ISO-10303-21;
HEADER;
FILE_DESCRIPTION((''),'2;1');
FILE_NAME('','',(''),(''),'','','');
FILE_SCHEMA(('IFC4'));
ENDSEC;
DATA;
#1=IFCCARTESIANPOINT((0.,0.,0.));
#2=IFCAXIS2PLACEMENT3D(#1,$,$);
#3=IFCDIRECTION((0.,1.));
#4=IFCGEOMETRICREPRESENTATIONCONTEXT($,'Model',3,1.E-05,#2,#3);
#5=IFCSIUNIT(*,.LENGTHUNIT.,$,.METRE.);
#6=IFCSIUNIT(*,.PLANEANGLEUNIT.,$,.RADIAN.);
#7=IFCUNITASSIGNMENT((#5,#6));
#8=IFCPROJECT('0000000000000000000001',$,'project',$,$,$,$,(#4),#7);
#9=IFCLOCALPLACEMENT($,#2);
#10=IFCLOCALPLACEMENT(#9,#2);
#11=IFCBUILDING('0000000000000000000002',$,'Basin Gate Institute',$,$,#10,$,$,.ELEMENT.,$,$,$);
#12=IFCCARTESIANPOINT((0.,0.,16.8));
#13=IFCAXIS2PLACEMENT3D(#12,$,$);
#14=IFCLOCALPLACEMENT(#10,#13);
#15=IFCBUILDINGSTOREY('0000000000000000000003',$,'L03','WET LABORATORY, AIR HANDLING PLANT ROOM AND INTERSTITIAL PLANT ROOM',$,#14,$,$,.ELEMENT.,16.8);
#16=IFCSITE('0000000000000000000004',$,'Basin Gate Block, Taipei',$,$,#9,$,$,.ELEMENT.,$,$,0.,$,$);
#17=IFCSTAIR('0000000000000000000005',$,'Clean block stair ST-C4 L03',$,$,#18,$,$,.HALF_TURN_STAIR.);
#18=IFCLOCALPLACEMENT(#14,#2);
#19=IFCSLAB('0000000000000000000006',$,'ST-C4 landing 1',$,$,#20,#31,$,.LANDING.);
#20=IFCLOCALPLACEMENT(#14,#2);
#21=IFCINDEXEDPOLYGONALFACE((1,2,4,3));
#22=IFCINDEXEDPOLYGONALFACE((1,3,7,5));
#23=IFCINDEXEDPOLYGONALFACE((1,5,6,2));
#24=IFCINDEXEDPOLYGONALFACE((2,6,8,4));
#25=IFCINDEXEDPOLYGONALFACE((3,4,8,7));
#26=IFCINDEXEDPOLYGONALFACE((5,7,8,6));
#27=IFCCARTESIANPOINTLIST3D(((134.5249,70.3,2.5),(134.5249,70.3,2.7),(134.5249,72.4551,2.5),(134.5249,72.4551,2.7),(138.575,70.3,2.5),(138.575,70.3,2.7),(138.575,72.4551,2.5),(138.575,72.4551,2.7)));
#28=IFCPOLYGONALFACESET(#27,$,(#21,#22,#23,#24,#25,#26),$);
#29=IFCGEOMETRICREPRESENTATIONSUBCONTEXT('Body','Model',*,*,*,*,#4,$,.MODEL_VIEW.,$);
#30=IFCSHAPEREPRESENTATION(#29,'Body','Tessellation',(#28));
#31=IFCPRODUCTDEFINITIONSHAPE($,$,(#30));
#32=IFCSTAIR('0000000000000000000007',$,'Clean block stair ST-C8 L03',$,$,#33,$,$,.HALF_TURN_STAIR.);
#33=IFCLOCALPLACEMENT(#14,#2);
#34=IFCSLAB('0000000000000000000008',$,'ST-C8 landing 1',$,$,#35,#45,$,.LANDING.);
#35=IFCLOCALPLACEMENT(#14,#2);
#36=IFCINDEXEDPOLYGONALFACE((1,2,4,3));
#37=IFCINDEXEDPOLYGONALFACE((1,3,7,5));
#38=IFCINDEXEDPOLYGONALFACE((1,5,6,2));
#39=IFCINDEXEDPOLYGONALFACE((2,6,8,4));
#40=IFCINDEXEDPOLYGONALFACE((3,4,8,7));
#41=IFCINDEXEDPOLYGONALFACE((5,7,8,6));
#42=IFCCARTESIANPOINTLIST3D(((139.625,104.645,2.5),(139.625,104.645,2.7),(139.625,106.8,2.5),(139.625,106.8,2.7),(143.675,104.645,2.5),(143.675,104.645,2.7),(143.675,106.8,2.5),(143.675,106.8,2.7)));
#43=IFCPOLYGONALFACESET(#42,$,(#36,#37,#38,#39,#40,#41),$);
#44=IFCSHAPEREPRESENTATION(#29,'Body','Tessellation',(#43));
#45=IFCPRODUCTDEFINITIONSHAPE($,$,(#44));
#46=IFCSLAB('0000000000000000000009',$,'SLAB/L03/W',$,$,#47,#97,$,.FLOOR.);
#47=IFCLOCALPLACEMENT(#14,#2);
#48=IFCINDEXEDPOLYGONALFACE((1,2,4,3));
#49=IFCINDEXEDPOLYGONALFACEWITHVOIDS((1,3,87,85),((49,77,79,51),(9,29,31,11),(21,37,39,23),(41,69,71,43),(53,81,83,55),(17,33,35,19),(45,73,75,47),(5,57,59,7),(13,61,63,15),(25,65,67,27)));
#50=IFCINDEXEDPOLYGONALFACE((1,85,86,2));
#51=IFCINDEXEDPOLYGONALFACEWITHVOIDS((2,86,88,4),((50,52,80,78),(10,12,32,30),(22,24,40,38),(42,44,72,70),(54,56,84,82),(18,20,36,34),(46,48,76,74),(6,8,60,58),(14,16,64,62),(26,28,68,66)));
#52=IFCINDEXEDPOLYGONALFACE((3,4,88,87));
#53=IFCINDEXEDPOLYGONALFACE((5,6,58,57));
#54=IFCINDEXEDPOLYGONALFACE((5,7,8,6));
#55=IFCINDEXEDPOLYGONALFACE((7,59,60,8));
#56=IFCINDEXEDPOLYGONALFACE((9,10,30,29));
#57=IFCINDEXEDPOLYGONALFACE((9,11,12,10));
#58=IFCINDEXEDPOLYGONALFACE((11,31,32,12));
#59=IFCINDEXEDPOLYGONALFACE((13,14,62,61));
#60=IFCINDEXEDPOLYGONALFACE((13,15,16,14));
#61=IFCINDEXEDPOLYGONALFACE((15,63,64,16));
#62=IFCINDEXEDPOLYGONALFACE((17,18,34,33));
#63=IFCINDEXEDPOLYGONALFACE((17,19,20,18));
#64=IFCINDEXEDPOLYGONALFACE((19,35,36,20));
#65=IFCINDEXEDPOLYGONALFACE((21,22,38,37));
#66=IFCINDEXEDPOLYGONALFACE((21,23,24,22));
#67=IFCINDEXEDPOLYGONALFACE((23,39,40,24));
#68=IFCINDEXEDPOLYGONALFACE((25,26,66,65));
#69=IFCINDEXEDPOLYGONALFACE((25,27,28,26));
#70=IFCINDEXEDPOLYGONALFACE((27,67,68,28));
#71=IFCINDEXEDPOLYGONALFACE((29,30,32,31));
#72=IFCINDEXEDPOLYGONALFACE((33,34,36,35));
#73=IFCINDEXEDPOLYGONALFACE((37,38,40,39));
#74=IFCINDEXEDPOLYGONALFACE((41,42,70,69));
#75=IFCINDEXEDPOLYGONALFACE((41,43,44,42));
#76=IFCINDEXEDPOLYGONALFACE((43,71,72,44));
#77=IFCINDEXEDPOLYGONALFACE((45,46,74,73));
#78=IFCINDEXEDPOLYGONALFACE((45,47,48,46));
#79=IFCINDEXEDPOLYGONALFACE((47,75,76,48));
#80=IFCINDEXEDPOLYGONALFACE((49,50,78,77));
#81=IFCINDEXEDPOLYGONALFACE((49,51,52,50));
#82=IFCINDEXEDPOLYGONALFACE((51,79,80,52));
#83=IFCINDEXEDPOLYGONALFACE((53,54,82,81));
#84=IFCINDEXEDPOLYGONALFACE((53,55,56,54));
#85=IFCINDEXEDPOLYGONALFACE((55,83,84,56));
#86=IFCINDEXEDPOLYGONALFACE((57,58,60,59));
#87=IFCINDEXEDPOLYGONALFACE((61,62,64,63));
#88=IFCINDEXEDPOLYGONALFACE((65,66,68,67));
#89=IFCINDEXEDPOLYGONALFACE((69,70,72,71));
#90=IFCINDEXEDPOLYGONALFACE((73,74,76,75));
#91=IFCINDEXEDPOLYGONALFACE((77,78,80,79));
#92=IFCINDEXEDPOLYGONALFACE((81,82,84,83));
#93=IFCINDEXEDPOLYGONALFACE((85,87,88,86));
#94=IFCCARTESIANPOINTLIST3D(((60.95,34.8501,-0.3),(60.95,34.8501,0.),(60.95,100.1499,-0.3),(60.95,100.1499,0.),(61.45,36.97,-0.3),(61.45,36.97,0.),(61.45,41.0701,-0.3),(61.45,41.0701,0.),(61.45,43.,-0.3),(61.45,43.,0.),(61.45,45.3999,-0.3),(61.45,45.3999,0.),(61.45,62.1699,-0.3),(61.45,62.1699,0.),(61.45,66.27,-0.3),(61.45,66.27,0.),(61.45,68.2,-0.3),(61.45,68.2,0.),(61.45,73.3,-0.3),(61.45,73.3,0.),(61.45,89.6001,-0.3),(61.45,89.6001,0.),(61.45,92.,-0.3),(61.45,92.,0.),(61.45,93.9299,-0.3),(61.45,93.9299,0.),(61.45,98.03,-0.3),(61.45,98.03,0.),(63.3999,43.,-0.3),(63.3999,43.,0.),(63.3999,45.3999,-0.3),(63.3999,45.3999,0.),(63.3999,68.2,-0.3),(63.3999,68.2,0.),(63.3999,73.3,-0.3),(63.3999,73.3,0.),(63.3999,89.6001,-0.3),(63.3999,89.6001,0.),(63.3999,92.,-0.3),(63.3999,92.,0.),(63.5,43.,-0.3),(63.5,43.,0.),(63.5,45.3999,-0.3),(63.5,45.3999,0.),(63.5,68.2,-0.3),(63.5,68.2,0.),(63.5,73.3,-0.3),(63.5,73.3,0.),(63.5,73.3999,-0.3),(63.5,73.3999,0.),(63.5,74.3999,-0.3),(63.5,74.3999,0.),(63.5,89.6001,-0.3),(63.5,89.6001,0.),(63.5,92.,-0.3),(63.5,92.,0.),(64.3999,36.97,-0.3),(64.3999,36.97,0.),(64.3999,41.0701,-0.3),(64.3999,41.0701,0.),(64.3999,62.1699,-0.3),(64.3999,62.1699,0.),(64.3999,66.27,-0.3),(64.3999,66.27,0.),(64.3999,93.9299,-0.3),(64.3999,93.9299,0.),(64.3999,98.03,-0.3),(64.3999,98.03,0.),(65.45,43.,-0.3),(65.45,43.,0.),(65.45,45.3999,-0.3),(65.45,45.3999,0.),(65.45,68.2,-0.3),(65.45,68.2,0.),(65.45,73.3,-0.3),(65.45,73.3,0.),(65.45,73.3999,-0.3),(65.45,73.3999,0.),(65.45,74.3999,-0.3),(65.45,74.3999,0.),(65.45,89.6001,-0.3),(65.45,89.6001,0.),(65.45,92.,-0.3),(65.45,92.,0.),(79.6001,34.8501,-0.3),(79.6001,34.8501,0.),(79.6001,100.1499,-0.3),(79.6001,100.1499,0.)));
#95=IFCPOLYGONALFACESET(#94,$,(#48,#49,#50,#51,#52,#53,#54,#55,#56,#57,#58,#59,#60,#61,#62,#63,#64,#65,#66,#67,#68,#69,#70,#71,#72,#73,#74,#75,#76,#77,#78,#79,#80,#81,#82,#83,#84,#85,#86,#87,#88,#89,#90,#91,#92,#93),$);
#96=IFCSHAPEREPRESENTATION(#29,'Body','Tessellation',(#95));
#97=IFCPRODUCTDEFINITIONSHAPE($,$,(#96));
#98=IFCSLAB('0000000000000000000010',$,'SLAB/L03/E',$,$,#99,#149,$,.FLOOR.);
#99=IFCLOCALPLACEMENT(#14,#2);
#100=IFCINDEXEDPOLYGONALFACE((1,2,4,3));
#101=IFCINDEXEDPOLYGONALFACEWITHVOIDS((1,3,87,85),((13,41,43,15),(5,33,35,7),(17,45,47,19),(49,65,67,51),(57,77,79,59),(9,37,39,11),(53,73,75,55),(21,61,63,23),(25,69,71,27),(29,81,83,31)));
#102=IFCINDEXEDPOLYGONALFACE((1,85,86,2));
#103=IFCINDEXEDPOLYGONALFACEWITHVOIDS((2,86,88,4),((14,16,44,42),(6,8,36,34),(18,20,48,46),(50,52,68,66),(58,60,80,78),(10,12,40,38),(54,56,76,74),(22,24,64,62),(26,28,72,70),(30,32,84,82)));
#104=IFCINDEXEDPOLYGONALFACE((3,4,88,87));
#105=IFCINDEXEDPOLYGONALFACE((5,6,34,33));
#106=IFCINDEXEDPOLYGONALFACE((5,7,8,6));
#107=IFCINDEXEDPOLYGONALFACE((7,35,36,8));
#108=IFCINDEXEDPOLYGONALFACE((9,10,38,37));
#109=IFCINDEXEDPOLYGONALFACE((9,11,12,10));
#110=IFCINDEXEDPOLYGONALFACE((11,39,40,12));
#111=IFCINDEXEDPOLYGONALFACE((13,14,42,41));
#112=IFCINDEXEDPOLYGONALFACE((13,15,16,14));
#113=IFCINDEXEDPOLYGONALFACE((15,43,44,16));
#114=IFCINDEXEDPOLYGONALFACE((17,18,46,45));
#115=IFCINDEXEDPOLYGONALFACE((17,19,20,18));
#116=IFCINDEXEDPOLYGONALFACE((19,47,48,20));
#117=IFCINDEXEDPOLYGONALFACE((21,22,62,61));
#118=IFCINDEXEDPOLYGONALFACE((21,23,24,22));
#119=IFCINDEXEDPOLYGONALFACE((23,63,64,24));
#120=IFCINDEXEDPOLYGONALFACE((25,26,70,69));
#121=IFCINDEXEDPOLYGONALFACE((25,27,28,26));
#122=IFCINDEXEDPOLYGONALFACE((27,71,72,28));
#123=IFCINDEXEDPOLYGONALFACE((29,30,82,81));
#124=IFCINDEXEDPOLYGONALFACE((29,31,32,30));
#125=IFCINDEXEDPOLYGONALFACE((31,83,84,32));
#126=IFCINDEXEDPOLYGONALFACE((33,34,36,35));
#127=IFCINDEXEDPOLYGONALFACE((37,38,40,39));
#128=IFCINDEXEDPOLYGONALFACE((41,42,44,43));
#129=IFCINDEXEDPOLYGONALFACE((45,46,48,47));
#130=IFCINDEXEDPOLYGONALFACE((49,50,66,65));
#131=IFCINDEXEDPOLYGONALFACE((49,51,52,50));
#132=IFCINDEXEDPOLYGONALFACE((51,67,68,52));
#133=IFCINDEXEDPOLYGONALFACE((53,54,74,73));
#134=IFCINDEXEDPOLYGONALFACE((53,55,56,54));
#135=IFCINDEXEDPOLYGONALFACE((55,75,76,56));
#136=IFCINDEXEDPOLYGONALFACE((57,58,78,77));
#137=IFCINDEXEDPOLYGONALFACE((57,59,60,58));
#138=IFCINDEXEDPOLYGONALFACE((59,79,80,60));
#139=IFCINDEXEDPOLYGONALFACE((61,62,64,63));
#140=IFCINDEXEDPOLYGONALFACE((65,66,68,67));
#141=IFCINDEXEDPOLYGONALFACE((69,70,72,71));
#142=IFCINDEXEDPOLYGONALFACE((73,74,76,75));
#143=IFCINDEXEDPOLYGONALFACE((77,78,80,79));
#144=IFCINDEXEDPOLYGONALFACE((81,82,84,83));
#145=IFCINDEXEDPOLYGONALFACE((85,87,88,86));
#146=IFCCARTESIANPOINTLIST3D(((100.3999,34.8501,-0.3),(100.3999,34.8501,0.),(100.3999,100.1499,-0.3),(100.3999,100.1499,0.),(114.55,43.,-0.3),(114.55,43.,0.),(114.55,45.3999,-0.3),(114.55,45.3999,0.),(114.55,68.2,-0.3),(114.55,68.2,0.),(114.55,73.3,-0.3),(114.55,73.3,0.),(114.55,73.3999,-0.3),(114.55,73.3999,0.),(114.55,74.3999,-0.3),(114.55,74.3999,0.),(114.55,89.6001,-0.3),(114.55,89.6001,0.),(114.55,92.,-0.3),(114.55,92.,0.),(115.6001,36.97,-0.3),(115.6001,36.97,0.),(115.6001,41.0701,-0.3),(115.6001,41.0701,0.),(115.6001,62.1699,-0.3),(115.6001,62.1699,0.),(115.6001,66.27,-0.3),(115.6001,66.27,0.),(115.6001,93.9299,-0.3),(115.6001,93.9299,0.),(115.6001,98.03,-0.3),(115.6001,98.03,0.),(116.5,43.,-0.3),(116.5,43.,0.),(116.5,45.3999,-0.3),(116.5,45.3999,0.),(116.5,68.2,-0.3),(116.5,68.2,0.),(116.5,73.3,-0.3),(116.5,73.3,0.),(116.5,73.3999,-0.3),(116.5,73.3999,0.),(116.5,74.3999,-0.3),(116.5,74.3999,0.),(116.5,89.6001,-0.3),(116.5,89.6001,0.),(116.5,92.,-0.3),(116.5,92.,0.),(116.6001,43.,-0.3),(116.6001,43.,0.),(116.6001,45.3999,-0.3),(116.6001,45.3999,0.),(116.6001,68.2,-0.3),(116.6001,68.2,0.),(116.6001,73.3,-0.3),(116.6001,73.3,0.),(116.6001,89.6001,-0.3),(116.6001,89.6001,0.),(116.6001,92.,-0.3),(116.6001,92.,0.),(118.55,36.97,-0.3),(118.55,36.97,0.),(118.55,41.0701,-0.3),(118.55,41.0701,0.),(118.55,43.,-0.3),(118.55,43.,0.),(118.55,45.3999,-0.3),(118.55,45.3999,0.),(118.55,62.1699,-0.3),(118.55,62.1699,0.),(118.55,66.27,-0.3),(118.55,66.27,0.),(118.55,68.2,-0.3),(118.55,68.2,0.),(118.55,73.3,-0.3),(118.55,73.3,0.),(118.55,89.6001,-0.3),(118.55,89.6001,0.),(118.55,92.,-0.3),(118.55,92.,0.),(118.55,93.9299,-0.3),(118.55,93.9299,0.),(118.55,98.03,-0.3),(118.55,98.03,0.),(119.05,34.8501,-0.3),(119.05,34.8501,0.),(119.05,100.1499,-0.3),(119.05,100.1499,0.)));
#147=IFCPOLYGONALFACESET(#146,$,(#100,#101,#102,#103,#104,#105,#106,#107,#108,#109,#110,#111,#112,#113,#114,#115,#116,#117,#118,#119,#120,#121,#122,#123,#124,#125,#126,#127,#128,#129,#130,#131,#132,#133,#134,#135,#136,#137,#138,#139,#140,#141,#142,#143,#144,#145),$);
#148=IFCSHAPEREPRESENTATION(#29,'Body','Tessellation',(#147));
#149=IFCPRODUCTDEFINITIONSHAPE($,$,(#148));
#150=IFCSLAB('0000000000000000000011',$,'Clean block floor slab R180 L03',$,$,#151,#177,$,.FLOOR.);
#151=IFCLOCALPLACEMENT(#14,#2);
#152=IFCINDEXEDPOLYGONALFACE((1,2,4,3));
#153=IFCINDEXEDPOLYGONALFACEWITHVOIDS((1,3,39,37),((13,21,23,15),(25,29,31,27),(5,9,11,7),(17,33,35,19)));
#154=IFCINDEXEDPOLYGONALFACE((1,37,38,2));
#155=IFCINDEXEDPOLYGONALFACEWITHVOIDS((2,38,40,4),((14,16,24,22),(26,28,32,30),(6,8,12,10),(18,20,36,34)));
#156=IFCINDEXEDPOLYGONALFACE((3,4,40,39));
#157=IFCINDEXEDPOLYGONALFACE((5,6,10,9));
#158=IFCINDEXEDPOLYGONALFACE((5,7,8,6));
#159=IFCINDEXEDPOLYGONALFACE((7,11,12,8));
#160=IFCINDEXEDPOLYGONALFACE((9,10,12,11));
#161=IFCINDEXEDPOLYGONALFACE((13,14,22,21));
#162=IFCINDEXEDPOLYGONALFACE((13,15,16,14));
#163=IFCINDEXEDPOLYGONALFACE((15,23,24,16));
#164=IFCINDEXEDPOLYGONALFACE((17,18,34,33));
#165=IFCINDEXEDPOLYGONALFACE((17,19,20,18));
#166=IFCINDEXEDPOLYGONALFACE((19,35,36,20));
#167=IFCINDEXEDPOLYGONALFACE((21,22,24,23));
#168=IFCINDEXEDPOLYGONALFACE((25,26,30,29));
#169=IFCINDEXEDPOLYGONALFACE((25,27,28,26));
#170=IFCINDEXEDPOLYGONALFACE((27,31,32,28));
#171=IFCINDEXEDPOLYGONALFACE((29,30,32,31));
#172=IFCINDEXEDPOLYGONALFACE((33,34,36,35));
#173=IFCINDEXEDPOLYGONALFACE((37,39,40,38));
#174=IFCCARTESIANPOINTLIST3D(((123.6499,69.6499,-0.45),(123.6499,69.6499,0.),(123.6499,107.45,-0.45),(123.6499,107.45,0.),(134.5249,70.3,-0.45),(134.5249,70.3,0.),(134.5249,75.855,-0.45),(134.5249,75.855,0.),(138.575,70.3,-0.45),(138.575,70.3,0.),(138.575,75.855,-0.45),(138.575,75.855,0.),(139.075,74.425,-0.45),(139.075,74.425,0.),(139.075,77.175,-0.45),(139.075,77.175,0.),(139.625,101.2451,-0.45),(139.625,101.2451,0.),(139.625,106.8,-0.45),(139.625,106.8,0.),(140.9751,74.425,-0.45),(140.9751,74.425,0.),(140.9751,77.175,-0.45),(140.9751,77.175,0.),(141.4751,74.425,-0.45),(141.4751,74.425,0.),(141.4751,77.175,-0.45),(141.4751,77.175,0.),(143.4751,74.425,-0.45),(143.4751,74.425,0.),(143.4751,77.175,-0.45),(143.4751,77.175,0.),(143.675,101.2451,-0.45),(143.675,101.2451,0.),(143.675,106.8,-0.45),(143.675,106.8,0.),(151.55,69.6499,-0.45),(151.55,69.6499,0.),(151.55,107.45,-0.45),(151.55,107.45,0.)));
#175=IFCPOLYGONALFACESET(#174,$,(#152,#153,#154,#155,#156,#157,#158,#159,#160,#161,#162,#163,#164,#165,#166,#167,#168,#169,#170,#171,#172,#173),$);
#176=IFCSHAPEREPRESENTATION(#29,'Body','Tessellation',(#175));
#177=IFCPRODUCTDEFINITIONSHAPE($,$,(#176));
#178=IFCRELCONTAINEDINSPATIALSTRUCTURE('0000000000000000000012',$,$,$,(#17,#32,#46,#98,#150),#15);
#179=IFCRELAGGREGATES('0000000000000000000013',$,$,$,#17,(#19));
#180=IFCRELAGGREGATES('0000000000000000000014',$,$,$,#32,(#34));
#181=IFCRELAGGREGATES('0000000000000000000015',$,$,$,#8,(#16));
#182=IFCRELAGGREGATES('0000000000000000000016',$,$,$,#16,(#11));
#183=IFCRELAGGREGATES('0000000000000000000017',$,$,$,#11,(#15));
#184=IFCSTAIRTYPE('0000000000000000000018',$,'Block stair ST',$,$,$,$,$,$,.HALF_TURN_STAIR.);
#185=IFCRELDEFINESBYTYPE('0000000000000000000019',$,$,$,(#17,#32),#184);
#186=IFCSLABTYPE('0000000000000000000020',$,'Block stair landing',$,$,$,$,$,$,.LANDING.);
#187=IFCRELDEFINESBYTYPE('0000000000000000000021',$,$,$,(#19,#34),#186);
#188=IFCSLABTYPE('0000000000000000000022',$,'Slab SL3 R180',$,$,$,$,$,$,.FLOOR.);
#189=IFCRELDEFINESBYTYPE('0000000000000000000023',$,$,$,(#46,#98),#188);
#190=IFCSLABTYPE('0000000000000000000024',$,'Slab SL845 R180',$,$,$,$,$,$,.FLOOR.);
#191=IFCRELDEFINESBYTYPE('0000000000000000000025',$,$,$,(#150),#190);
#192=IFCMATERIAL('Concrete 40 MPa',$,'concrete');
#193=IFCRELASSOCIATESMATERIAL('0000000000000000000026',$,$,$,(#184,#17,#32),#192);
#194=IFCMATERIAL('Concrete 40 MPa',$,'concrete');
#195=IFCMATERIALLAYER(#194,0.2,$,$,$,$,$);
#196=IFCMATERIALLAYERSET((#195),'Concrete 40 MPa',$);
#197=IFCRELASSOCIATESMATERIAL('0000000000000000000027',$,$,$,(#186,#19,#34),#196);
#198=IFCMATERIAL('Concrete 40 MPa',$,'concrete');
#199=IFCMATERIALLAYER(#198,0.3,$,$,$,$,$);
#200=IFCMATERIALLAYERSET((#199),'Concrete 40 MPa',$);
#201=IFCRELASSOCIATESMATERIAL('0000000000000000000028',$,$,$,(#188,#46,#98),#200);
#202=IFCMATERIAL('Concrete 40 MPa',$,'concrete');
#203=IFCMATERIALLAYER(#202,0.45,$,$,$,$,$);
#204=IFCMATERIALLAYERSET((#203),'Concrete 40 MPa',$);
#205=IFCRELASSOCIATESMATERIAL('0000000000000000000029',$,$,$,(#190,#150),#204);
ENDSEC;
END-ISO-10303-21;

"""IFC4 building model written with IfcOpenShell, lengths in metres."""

from ifc_helpers import new_model, si_unit, direction, frame, origin, place, context, subcontext, project, spatial, polyline, outline, extrude, material, layer, layer_set, type_object, element, aggregate, save


model = new_model("IFC4")

# Units and contexts
model_context = context("Model", 3, precision=1e-05, world=origin(), true_north=direction((0.0, 1.0)))
body_context = subcontext(model_context, "Body", "Model", "MODEL_VIEW")
ifc_project = project(units=[si_unit("LENGTHUNIT", "METRE"), si_unit("PLANEANGLEUNIT", "RADIAN")], contexts=[model_context])

# Site, building, storey
site_placement = place(None, origin())
site = spatial("IfcSite", under=ifc_project, at=site_placement, Name="Basin Gate Block, Taipei", CompositionType="ELEMENT", RefElevation=0.0)
building_placement = place(site_placement, origin())
building = spatial("IfcBuilding", under=site, at=building_placement, Name="Basin Gate Institute", CompositionType="ELEMENT")
storey_placement = place(building_placement, frame((0.0, 0.0, 16.8)))
storey = spatial("IfcBuildingStorey", under=building, at=storey_placement, Name="L03", Description="WET LABORATORY, AIR HANDLING PLANT ROOM AND INTERSTITIAL PLANT ROOM", CompositionType="ELEMENT", Elevation=16.8)

# Stairs, slabs
ifc_material_1 = material(Name="Concrete 40 MPa", Category="concrete")
stair_type_1 = type_object("IfcStairType", Name="Block stair ST", PredefinedType="HALF_TURN_STAIR", material=ifc_material_1)
stair_1_placement = place(storey_placement, origin())
stair_1 = element("IfcStair", 1, at=stair_1_placement, inside=storey, type_object=stair_type_1, material=ifc_material_1, Name="Clean block stair ST-C4 L03", PredefinedType="HALF_TURN_STAIR")
ifc_material_2 = material(Name="Concrete 40 MPa", Category="concrete")
ifc_layer_1 = layer(ifc_material_2, 0.2)
ifc_layer_set_1 = layer_set([ifc_layer_1], Name="Concrete 40 MPa")
slab_type_1 = type_object("IfcSlabType", Name="Block stair landing", PredefinedType="LANDING", material=ifc_layer_set_1)
slab_1_placement = place(storey_placement, frame((0.0, 0.0, 2.5)))
slab_1 = element("IfcSlab", 2, at=slab_1_placement, type_object=slab_type_1, material=ifc_layer_set_1, Name="ST-C4 landing 1", PredefinedType="LANDING", context=body_context, shape_type="SweptSolid", body=[
    extrude(outline(polyline([(134.5249, 70.3), (138.575, 70.3), (138.575, 72.4551), (134.5249, 72.4551), (134.5249, 70.3)])), origin(), (0.0, 0.0, 1.0), 0.2),
])
aggregate(stair_1, [slab_1])
stair_2_placement = place(storey_placement, origin())
stair_2 = element("IfcStair", 3, at=stair_2_placement, inside=storey, type_object=stair_type_1, material=ifc_material_1, Name="Clean block stair ST-C8 L03", PredefinedType="HALF_TURN_STAIR")
slab_2_placement = place(storey_placement, frame((0.0, 0.0, 2.5)))
slab_2 = element("IfcSlab", 4, at=slab_2_placement, type_object=slab_type_1, material=ifc_layer_set_1, Name="ST-C8 landing 1", PredefinedType="LANDING", context=body_context, shape_type="SweptSolid", body=[
    extrude(outline(polyline([(139.625, 104.645), (143.675, 104.645), (143.675, 106.8), (139.625, 106.8), (139.625, 104.645)])), origin(), (0.0, 0.0, 1.0), 0.2),
])
aggregate(stair_2, [slab_2])

# Slabs
ifc_material_3 = material(Name="Concrete 40 MPa", Category="concrete")
ifc_layer_2 = layer(ifc_material_3, 0.3)
ifc_layer_set_2 = layer_set([ifc_layer_2], Name="Concrete 40 MPa")
slab_type_2 = type_object("IfcSlabType", Name="Slab SL3 R180", PredefinedType="FLOOR", material=ifc_layer_set_2)
slab_3_placement = place(storey_placement, frame((0.0, 0.0, -0.3)))
element("IfcSlab", 5, at=slab_3_placement, inside=storey, type_object=slab_type_2, material=ifc_layer_set_2, Name="SLAB/L03/W", PredefinedType="FLOOR", context=body_context, shape_type="SweptSolid", body=[
    extrude(outline(polyline([(60.95, 34.8501), (79.6001, 34.8501), (79.6001, 100.1499), (60.95, 100.1499), (60.95, 34.8501)]), holes=[polyline([(61.45, 36.97), (64.3999, 36.97), (64.3999, 41.0701), (61.45, 41.0701), (61.45, 36.97)]), polyline([(61.45, 62.1699), (64.3999, 62.1699), (64.3999, 66.27), (61.45, 66.27), (61.45, 62.1699)]), polyline([(61.45, 93.9299), (64.3999, 93.9299), (64.3999, 98.03), (61.45, 98.03), (61.45, 93.9299)]), polyline([(61.45, 43.0), (63.3999, 43.0), (63.3999, 45.3999), (61.45, 45.3999), (61.45, 43.0)]), polyline([(61.45, 68.2), (63.3999, 68.2), (63.3999, 73.3), (61.45, 73.3), (61.45, 68.2)]), polyline([(63.5, 73.3999), (65.45, 73.3999), (65.45, 74.3999), (63.5, 74.3999), (63.5, 73.3999)]), polyline([(61.45, 89.6001), (63.3999, 89.6001), (63.3999, 92.0), (61.45, 92.0), (61.45, 89.6001)]), polyline([(63.5, 43.0), (65.45, 43.0), (65.45, 45.3999), (63.5, 45.3999), (63.5, 43.0)]), polyline([(65.45, 68.2), (63.5, 68.2), (63.5, 73.3), (65.45, 73.3), (65.45, 68.2)]), polyline([(63.5, 89.6001), (65.45, 89.6001), (65.45, 92.0), (63.5, 92.0), (63.5, 89.6001)])]), origin(), (0.0, 0.0, 1.0), 0.3),
])
slab_4_placement = place(storey_placement, frame((0.0, 0.0, -0.3)))
element("IfcSlab", 6, at=slab_4_placement, inside=storey, type_object=slab_type_2, material=ifc_layer_set_2, Name="SLAB/L03/E", PredefinedType="FLOOR", context=body_context, shape_type="SweptSolid", body=[
    extrude(outline(polyline([(119.05, 100.1499), (100.3999, 100.1499), (100.3999, 34.8501), (119.05, 34.8501), (119.05, 100.1499)]), holes=[polyline([(118.55, 41.0701), (115.6001, 41.0701), (115.6001, 36.97), (118.55, 36.97), (118.55, 41.0701)]), polyline([(118.55, 66.27), (115.6001, 66.27), (115.6001, 62.1699), (118.55, 62.1699), (118.55, 66.27)]), polyline([(118.55, 98.03), (115.6001, 98.03), (115.6001, 93.9299), (118.55, 93.9299), (118.55, 98.03)]), polyline([(118.55, 45.3999), (116.6001, 45.3999), (116.6001, 43.0), (118.55, 43.0), (118.55, 45.3999)]), polyline([(118.55, 73.3), (116.6001, 73.3), (116.6001, 68.2), (118.55, 68.2), (118.55, 73.3)]), polyline([(116.5, 74.3999), (114.55, 74.3999), (114.55, 73.3999), (116.5, 73.3999), (116.5, 74.3999)]), polyline([(118.55, 92.0), (116.6001, 92.0), (116.6001, 89.6001), (118.55, 89.6001), (118.55, 92.0)]), polyline([(116.5, 45.3999), (114.55, 45.3999), (114.55, 43.0), (116.5, 43.0), (116.5, 45.3999)]), polyline([(116.5, 68.2), (114.55, 68.2), (114.55, 73.3), (116.5, 73.3), (116.5, 68.2)]), polyline([(116.5, 92.0), (114.55, 92.0), (114.55, 89.6001), (116.5, 89.6001), (116.5, 92.0)])]), origin(), (0.0, 0.0, 1.0), 0.3),
])
ifc_material_4 = material(Name="Concrete 40 MPa", Category="concrete")
ifc_layer_3 = layer(ifc_material_4, 0.45)
ifc_layer_set_3 = layer_set([ifc_layer_3], Name="Concrete 40 MPa")
slab_type_3 = type_object("IfcSlabType", Name="Slab SL845 R180", PredefinedType="FLOOR", material=ifc_layer_set_3)
slab_5_placement = place(storey_placement, frame((0.0, 0.0, -0.45)))
element("IfcSlab", 7, at=slab_5_placement, inside=storey, type_object=slab_type_3, material=ifc_layer_set_3, Name="Clean block floor slab R180 L03", PredefinedType="FLOOR", context=body_context, shape_type="SweptSolid", body=[
    extrude(outline(polyline([(123.6499, 107.45), (123.6499, 69.6499), (151.55, 69.6499), (151.55, 107.45), (123.6499, 107.45)]), holes=[polyline([(134.5249, 75.855), (138.575, 75.855), (138.575, 70.3), (134.5249, 70.3), (134.5249, 75.855)]), polyline([(139.075, 77.175), (140.9751, 77.175), (140.9751, 74.425), (139.075, 74.425), (139.075, 77.175)]), polyline([(141.4751, 77.175), (143.4751, 77.175), (143.4751, 74.425), (141.4751, 74.425), (141.4751, 77.175)]), polyline([(139.625, 106.8), (143.675, 106.8), (143.675, 101.2451), (139.625, 101.2451), (139.625, 106.8)])]), origin(), (0.0, 0.0, 1.0), 0.45),
])

save(model, "model.ifc")
